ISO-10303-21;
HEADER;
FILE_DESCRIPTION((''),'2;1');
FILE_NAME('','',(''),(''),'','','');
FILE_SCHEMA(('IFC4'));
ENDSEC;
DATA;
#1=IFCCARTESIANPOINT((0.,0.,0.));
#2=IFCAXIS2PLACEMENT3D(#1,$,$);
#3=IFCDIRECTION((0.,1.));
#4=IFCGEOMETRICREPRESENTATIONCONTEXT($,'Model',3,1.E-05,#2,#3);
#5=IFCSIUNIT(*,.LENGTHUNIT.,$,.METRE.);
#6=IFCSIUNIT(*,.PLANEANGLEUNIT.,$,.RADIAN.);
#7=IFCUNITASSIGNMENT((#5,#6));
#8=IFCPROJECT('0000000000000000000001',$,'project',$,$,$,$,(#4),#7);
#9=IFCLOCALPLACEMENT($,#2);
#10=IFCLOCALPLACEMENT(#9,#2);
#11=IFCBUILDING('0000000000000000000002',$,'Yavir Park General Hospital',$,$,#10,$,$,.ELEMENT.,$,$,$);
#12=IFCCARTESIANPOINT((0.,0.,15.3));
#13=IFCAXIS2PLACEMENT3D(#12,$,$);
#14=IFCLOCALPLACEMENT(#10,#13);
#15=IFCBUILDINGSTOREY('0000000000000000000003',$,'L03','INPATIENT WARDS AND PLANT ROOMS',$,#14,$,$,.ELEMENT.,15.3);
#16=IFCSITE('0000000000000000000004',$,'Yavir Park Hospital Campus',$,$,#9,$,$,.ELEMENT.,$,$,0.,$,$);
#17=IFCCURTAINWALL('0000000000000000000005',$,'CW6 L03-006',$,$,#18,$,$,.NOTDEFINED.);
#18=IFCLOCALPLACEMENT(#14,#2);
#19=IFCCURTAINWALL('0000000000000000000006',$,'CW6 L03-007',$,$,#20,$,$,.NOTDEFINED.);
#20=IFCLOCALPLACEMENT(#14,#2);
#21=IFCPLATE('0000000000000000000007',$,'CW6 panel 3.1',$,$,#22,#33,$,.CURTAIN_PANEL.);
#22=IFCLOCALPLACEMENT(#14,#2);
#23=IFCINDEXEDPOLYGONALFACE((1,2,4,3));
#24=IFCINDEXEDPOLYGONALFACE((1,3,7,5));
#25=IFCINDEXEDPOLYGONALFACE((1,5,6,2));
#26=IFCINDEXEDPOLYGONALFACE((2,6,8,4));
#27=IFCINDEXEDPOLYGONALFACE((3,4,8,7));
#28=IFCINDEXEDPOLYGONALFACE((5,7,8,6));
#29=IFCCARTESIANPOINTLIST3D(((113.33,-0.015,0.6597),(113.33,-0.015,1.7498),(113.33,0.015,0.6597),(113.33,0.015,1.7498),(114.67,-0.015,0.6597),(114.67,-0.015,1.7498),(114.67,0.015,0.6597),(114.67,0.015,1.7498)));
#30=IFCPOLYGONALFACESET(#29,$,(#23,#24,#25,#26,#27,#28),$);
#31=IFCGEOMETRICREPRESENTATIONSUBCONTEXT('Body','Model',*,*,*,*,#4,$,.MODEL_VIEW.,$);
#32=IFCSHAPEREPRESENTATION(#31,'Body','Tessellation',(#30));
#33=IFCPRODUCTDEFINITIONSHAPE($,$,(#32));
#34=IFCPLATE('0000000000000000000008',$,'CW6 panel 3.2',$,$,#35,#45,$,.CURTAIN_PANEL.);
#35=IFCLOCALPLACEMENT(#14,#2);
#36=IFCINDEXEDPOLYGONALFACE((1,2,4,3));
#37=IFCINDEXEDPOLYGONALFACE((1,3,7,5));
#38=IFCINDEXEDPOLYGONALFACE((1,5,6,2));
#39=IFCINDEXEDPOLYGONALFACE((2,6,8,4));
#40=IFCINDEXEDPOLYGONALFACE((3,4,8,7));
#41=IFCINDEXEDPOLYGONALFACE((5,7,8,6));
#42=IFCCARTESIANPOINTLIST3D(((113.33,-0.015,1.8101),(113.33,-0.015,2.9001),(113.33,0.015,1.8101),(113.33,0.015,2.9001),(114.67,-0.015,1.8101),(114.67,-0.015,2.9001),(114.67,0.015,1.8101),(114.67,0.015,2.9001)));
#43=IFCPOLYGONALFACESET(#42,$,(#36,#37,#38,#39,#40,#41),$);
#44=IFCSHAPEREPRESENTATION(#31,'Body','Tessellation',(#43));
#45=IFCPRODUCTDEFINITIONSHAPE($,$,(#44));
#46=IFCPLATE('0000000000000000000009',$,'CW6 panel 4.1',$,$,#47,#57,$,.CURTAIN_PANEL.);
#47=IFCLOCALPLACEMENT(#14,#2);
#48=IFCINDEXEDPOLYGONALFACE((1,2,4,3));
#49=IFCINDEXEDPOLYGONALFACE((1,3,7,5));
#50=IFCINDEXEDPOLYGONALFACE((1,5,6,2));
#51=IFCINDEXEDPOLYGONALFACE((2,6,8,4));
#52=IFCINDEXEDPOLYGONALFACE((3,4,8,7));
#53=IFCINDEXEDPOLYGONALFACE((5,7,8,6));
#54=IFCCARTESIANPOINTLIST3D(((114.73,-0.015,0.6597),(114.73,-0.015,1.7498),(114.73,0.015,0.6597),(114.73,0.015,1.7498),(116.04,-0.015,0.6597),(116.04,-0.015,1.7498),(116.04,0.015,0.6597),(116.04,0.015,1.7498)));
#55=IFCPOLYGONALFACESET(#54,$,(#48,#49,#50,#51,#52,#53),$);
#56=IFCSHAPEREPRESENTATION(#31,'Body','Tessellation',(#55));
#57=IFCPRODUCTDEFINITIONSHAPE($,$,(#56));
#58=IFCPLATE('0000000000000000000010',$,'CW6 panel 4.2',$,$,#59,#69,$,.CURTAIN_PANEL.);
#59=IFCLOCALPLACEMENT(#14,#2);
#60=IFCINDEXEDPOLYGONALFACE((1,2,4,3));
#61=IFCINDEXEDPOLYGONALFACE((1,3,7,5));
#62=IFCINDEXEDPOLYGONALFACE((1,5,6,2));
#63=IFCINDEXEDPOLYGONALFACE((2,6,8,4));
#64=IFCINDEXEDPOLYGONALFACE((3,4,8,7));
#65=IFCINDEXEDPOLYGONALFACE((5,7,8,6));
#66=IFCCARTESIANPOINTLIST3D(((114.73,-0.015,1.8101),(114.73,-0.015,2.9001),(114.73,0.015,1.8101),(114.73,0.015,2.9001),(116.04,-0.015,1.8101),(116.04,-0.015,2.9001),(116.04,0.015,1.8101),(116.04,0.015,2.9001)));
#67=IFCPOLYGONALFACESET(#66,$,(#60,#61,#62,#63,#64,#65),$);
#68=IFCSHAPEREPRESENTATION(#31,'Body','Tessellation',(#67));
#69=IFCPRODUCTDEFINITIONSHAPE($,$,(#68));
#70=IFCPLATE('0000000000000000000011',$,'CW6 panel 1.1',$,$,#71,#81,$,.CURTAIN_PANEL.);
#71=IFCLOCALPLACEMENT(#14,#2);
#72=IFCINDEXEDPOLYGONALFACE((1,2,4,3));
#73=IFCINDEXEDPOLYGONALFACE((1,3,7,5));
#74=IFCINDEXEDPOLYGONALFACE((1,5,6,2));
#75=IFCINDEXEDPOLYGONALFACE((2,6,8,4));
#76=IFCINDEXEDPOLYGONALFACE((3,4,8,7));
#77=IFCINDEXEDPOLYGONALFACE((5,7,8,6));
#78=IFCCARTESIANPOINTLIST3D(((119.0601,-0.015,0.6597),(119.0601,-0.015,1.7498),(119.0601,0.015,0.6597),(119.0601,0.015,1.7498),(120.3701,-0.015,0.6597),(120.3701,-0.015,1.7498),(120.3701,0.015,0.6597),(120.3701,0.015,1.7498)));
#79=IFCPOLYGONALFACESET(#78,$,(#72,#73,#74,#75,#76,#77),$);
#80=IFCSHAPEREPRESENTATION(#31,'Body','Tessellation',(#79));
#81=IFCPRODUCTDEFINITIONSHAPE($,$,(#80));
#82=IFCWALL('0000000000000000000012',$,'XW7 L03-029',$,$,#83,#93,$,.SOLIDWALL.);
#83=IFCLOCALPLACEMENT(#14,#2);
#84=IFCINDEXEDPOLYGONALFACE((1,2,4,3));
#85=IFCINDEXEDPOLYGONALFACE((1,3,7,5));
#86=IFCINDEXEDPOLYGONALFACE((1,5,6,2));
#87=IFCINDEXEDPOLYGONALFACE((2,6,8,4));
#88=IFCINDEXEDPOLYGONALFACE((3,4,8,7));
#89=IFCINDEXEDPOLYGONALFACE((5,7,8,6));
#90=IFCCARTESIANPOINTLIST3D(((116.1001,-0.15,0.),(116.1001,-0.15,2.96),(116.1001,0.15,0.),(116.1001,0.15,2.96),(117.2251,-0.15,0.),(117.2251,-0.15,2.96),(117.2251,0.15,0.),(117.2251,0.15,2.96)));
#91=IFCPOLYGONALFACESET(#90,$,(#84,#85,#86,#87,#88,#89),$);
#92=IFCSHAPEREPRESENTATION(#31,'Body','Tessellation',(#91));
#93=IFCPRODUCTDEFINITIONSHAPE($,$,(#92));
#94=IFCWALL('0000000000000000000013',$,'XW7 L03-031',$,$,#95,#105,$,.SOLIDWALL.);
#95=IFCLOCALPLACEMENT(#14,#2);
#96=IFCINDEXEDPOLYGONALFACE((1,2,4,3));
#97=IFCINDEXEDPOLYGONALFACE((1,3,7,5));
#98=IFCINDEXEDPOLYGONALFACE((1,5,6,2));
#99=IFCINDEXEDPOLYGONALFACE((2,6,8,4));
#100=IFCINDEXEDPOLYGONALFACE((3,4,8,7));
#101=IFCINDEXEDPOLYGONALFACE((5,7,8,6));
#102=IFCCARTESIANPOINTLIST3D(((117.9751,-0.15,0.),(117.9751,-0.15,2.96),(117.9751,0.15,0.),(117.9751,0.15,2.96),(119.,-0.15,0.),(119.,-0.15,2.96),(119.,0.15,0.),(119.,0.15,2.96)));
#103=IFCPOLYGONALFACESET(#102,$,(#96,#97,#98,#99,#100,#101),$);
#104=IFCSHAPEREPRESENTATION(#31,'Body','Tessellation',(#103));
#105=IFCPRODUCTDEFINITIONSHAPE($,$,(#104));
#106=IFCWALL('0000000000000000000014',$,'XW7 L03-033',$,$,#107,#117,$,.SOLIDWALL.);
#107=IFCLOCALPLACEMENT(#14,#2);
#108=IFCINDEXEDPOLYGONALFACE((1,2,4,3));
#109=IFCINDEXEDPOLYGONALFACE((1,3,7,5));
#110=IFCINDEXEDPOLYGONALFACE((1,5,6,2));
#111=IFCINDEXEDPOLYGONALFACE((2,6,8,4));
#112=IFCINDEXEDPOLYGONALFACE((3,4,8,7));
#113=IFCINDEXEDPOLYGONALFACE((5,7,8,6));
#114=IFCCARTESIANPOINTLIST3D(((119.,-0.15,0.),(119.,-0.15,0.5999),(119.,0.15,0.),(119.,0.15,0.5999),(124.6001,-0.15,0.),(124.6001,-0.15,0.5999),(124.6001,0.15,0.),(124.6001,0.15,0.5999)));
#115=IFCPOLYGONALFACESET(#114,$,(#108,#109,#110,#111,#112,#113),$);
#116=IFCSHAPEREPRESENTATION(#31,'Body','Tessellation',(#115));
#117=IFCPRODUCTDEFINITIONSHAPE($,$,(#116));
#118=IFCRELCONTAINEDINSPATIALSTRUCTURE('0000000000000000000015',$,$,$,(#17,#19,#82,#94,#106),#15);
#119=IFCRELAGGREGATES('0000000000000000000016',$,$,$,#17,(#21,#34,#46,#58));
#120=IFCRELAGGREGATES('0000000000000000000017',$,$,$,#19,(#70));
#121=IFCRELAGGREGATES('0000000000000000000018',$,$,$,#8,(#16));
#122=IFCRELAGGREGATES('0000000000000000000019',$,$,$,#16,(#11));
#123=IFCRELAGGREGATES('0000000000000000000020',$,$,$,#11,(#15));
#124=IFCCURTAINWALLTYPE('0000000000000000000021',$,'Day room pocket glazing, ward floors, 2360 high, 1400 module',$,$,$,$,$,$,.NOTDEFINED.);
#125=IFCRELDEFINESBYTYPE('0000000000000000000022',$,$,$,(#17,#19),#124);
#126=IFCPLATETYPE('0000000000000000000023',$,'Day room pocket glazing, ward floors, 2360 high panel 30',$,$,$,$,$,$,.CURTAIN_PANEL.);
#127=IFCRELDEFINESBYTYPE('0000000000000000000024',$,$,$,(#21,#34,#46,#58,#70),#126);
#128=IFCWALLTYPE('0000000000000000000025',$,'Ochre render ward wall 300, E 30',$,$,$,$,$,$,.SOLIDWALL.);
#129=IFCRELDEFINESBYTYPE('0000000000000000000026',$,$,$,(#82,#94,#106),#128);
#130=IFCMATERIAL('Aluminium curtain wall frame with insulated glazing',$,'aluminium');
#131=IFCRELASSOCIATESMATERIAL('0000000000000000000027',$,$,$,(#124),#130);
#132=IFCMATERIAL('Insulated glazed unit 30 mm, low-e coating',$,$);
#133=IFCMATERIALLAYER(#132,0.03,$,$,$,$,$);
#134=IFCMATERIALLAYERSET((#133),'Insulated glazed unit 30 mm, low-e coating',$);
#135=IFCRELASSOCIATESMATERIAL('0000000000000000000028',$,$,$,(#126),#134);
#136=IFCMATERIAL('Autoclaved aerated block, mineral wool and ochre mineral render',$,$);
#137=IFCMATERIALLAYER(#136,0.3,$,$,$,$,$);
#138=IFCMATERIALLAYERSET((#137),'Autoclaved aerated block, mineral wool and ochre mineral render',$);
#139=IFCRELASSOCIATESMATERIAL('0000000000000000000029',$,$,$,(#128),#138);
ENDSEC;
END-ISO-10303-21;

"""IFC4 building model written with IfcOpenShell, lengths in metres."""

from ifc_helpers import new_model, si_unit, direction, frame, frame_2d, origin, origin_2d, place, context, subcontext, project, spatial, rectangle, extrude, material, layer, layer_set, type_object, element, aggregate, save


model = new_model("IFC4")

# Units and contexts
model_context = context("Model", 3, precision=1e-05, world=origin(), true_north=direction((0.0, 1.0)))
body_context = subcontext(model_context, "Body", "Model", "MODEL_VIEW")
ifc_project = project(units=[si_unit("LENGTHUNIT", "METRE"), si_unit("PLANEANGLEUNIT", "RADIAN")], contexts=[model_context])

# Site, building, storey
site_placement = place(None, origin())
site = spatial("IfcSite", under=ifc_project, at=site_placement, Name="Yavir Park Hospital Campus", CompositionType="ELEMENT", RefElevation=0.0)
building_placement = place(site_placement, origin())
building = spatial("IfcBuilding", under=site, at=building_placement, Name="Yavir Park General Hospital", CompositionType="ELEMENT")
storey_placement = place(building_placement, frame((0.0, 0.0, 15.3)))
storey = spatial("IfcBuildingStorey", under=building, at=storey_placement, Name="L03", Description="INPATIENT WARDS AND PLANT ROOMS", CompositionType="ELEMENT", Elevation=15.3)

# Curtain wall
ifc_material_1 = material(Name="Aluminium curtain wall frame with insulated glazing", Category="aluminium")
curtain_wall_type = type_object("IfcCurtainWallType", Name="Day room pocket glazing, ward floors, 2360 high, 1400 module", PredefinedType="NOTDEFINED", material=ifc_material_1)
curtain_wall_1_placement = place(storey_placement, origin())
curtain_wall_1 = element("IfcCurtainWall", 1, at=curtain_wall_1_placement, inside=storey, type_object=curtain_wall_type, Name="CW6 L03-006", PredefinedType="NOTDEFINED")

# Curtain wall
curtain_wall_2_placement = place(storey_placement, origin())
curtain_wall_2 = element("IfcCurtainWall", 2, at=curtain_wall_2_placement, inside=storey, type_object=curtain_wall_type, Name="CW6 L03-007", PredefinedType="NOTDEFINED")

# Plates
ifc_material_2 = material(Name="Insulated glazed unit 30 mm, low-e coating")
ifc_layer_1 = layer(ifc_material_2, 0.03)
ifc_layer_set_1 = layer_set([ifc_layer_1], Name="Insulated glazed unit 30 mm, low-e coating")
plate_type = type_object("IfcPlateType", Name="Day room pocket glazing, ward floors, 2360 high panel 30", PredefinedType="CURTAIN_PANEL", material=ifc_layer_set_1)
plate_1_placement = place(storey_placement, frame((114.0, 0.0, 0.6597), z_axis=(0.0, 0.0, 1.0), x_axis=(1.0, 0.0, 0.0)))
plate_1 = element("IfcPlate", 3, at=plate_1_placement, type_object=plate_type, Name="CW6 panel 3.1", PredefinedType="CURTAIN_PANEL", context=body_context, shape_type="SweptSolid", body=[
    extrude(rectangle(XDim=1.3401, YDim=0.03, at=origin_2d()), origin(), (0.0, 0.0, 1.0), 1.0901),
])
plate_2_placement = place(storey_placement, frame((114.0, 0.0, 1.8101), z_axis=(0.0, 0.0, 1.0), x_axis=(1.0, 0.0, 0.0)))
plate_2 = element("IfcPlate", 4, at=plate_2_placement, type_object=plate_type, Name="CW6 panel 3.2", PredefinedType="CURTAIN_PANEL", context=body_context, shape_type="SweptSolid", body=[
    extrude(rectangle(XDim=1.3401, YDim=0.03, at=origin_2d()), origin(), (0.0, 0.0, 1.0), 1.0901),
])
plate_3_placement = place(storey_placement, frame((115.385, 0.0, 0.6597), z_axis=(0.0, 0.0, 1.0), x_axis=(1.0, 0.0, 0.0)))
plate_3 = element("IfcPlate", 5, at=plate_3_placement, type_object=plate_type, Name="CW6 panel 4.1", PredefinedType="CURTAIN_PANEL", context=body_context, shape_type="SweptSolid", body=[
    extrude(rectangle(XDim=1.3101, YDim=0.03, at=origin_2d()), origin(), (0.0, 0.0, 1.0), 1.0901),
])
plate_4_placement = place(storey_placement, frame((115.385, 0.0, 1.8101), z_axis=(0.0, 0.0, 1.0), x_axis=(1.0, 0.0, 0.0)))
plate_4 = element("IfcPlate", 6, at=plate_4_placement, type_object=plate_type, Name="CW6 panel 4.2", PredefinedType="CURTAIN_PANEL", context=body_context, shape_type="SweptSolid", body=[
    extrude(rectangle(XDim=1.3101, YDim=0.03, at=origin_2d()), origin(), (0.0, 0.0, 1.0), 1.0901),
])
aggregate(curtain_wall_1, [plate_1, plate_2, plate_3, plate_4])
plate_5_placement = place(storey_placement, frame((119.7151, 0.0, 0.6597), z_axis=(0.0, 0.0, 1.0), x_axis=(1.0, 0.0, 0.0)))
plate_5 = element("IfcPlate", 7, at=plate_5_placement, type_object=plate_type, Name="CW6 panel 1.1", PredefinedType="CURTAIN_PANEL", context=body_context, shape_type="SweptSolid", body=[
    extrude(rectangle(XDim=1.3101, YDim=0.03, at=origin_2d()), origin(), (0.0, 0.0, 1.0), 1.0901),
])
aggregate(curtain_wall_2, [plate_5])

# Walls
ifc_material_3 = material(Name="Autoclaved aerated block, mineral wool and ochre mineral render")
ifc_layer_2 = layer(ifc_material_3, 0.3)
ifc_layer_set_2 = layer_set([ifc_layer_2], Name="Autoclaved aerated block, mineral wool and ochre mineral render")
wall_type = type_object("IfcWallType", Name="Ochre render ward wall 300, E 30", PredefinedType="SOLIDWALL", material=ifc_layer_set_2)
wall_1_placement = place(storey_placement, frame((116.1001, 0.0, 0.0), z_axis=(0.0, 0.0, 1.0), x_axis=(1.0, 0.0, 0.0)))
element("IfcWall", 8, at=wall_1_placement, inside=storey, type_object=wall_type, Name="XW7 L03-029", PredefinedType="SOLIDWALL", context=body_context, shape_type="SweptSolid", body=[
    extrude(rectangle(XDim=1.125, YDim=0.3, at=frame_2d((0.5625, 0.0))), origin(), (0.0, 0.0, 1.0), 2.96),
])
wall_2_placement = place(storey_placement, frame((117.9751, 0.0, 0.0), z_axis=(0.0, 0.0, 1.0), x_axis=(1.0, 0.0, 0.0)))
element("IfcWall", 9, at=wall_2_placement, inside=storey, type_object=wall_type, Name="XW7 L03-031", PredefinedType="SOLIDWALL", context=body_context, shape_type="SweptSolid", body=[
    extrude(rectangle(XDim=1.0249, YDim=0.3, at=frame_2d((0.5125, 0.0))), origin(), (0.0, 0.0, 1.0), 2.96),
])
wall_3_placement = place(storey_placement, frame((119.0, 0.0, 0.0), z_axis=(0.0, 0.0, 1.0), x_axis=(1.0, 0.0, 0.0)))
element("IfcWall", 10, at=wall_3_placement, inside=storey, type_object=wall_type, Name="XW7 L03-033", PredefinedType="SOLIDWALL", context=body_context, shape_type="SweptSolid", body=[
    extrude(rectangle(XDim=5.6001, YDim=0.3, at=frame_2d((2.8, 0.0))), origin(), (0.0, 0.0, 1.0), 0.5999),
])

save(model, "model.ifc")
